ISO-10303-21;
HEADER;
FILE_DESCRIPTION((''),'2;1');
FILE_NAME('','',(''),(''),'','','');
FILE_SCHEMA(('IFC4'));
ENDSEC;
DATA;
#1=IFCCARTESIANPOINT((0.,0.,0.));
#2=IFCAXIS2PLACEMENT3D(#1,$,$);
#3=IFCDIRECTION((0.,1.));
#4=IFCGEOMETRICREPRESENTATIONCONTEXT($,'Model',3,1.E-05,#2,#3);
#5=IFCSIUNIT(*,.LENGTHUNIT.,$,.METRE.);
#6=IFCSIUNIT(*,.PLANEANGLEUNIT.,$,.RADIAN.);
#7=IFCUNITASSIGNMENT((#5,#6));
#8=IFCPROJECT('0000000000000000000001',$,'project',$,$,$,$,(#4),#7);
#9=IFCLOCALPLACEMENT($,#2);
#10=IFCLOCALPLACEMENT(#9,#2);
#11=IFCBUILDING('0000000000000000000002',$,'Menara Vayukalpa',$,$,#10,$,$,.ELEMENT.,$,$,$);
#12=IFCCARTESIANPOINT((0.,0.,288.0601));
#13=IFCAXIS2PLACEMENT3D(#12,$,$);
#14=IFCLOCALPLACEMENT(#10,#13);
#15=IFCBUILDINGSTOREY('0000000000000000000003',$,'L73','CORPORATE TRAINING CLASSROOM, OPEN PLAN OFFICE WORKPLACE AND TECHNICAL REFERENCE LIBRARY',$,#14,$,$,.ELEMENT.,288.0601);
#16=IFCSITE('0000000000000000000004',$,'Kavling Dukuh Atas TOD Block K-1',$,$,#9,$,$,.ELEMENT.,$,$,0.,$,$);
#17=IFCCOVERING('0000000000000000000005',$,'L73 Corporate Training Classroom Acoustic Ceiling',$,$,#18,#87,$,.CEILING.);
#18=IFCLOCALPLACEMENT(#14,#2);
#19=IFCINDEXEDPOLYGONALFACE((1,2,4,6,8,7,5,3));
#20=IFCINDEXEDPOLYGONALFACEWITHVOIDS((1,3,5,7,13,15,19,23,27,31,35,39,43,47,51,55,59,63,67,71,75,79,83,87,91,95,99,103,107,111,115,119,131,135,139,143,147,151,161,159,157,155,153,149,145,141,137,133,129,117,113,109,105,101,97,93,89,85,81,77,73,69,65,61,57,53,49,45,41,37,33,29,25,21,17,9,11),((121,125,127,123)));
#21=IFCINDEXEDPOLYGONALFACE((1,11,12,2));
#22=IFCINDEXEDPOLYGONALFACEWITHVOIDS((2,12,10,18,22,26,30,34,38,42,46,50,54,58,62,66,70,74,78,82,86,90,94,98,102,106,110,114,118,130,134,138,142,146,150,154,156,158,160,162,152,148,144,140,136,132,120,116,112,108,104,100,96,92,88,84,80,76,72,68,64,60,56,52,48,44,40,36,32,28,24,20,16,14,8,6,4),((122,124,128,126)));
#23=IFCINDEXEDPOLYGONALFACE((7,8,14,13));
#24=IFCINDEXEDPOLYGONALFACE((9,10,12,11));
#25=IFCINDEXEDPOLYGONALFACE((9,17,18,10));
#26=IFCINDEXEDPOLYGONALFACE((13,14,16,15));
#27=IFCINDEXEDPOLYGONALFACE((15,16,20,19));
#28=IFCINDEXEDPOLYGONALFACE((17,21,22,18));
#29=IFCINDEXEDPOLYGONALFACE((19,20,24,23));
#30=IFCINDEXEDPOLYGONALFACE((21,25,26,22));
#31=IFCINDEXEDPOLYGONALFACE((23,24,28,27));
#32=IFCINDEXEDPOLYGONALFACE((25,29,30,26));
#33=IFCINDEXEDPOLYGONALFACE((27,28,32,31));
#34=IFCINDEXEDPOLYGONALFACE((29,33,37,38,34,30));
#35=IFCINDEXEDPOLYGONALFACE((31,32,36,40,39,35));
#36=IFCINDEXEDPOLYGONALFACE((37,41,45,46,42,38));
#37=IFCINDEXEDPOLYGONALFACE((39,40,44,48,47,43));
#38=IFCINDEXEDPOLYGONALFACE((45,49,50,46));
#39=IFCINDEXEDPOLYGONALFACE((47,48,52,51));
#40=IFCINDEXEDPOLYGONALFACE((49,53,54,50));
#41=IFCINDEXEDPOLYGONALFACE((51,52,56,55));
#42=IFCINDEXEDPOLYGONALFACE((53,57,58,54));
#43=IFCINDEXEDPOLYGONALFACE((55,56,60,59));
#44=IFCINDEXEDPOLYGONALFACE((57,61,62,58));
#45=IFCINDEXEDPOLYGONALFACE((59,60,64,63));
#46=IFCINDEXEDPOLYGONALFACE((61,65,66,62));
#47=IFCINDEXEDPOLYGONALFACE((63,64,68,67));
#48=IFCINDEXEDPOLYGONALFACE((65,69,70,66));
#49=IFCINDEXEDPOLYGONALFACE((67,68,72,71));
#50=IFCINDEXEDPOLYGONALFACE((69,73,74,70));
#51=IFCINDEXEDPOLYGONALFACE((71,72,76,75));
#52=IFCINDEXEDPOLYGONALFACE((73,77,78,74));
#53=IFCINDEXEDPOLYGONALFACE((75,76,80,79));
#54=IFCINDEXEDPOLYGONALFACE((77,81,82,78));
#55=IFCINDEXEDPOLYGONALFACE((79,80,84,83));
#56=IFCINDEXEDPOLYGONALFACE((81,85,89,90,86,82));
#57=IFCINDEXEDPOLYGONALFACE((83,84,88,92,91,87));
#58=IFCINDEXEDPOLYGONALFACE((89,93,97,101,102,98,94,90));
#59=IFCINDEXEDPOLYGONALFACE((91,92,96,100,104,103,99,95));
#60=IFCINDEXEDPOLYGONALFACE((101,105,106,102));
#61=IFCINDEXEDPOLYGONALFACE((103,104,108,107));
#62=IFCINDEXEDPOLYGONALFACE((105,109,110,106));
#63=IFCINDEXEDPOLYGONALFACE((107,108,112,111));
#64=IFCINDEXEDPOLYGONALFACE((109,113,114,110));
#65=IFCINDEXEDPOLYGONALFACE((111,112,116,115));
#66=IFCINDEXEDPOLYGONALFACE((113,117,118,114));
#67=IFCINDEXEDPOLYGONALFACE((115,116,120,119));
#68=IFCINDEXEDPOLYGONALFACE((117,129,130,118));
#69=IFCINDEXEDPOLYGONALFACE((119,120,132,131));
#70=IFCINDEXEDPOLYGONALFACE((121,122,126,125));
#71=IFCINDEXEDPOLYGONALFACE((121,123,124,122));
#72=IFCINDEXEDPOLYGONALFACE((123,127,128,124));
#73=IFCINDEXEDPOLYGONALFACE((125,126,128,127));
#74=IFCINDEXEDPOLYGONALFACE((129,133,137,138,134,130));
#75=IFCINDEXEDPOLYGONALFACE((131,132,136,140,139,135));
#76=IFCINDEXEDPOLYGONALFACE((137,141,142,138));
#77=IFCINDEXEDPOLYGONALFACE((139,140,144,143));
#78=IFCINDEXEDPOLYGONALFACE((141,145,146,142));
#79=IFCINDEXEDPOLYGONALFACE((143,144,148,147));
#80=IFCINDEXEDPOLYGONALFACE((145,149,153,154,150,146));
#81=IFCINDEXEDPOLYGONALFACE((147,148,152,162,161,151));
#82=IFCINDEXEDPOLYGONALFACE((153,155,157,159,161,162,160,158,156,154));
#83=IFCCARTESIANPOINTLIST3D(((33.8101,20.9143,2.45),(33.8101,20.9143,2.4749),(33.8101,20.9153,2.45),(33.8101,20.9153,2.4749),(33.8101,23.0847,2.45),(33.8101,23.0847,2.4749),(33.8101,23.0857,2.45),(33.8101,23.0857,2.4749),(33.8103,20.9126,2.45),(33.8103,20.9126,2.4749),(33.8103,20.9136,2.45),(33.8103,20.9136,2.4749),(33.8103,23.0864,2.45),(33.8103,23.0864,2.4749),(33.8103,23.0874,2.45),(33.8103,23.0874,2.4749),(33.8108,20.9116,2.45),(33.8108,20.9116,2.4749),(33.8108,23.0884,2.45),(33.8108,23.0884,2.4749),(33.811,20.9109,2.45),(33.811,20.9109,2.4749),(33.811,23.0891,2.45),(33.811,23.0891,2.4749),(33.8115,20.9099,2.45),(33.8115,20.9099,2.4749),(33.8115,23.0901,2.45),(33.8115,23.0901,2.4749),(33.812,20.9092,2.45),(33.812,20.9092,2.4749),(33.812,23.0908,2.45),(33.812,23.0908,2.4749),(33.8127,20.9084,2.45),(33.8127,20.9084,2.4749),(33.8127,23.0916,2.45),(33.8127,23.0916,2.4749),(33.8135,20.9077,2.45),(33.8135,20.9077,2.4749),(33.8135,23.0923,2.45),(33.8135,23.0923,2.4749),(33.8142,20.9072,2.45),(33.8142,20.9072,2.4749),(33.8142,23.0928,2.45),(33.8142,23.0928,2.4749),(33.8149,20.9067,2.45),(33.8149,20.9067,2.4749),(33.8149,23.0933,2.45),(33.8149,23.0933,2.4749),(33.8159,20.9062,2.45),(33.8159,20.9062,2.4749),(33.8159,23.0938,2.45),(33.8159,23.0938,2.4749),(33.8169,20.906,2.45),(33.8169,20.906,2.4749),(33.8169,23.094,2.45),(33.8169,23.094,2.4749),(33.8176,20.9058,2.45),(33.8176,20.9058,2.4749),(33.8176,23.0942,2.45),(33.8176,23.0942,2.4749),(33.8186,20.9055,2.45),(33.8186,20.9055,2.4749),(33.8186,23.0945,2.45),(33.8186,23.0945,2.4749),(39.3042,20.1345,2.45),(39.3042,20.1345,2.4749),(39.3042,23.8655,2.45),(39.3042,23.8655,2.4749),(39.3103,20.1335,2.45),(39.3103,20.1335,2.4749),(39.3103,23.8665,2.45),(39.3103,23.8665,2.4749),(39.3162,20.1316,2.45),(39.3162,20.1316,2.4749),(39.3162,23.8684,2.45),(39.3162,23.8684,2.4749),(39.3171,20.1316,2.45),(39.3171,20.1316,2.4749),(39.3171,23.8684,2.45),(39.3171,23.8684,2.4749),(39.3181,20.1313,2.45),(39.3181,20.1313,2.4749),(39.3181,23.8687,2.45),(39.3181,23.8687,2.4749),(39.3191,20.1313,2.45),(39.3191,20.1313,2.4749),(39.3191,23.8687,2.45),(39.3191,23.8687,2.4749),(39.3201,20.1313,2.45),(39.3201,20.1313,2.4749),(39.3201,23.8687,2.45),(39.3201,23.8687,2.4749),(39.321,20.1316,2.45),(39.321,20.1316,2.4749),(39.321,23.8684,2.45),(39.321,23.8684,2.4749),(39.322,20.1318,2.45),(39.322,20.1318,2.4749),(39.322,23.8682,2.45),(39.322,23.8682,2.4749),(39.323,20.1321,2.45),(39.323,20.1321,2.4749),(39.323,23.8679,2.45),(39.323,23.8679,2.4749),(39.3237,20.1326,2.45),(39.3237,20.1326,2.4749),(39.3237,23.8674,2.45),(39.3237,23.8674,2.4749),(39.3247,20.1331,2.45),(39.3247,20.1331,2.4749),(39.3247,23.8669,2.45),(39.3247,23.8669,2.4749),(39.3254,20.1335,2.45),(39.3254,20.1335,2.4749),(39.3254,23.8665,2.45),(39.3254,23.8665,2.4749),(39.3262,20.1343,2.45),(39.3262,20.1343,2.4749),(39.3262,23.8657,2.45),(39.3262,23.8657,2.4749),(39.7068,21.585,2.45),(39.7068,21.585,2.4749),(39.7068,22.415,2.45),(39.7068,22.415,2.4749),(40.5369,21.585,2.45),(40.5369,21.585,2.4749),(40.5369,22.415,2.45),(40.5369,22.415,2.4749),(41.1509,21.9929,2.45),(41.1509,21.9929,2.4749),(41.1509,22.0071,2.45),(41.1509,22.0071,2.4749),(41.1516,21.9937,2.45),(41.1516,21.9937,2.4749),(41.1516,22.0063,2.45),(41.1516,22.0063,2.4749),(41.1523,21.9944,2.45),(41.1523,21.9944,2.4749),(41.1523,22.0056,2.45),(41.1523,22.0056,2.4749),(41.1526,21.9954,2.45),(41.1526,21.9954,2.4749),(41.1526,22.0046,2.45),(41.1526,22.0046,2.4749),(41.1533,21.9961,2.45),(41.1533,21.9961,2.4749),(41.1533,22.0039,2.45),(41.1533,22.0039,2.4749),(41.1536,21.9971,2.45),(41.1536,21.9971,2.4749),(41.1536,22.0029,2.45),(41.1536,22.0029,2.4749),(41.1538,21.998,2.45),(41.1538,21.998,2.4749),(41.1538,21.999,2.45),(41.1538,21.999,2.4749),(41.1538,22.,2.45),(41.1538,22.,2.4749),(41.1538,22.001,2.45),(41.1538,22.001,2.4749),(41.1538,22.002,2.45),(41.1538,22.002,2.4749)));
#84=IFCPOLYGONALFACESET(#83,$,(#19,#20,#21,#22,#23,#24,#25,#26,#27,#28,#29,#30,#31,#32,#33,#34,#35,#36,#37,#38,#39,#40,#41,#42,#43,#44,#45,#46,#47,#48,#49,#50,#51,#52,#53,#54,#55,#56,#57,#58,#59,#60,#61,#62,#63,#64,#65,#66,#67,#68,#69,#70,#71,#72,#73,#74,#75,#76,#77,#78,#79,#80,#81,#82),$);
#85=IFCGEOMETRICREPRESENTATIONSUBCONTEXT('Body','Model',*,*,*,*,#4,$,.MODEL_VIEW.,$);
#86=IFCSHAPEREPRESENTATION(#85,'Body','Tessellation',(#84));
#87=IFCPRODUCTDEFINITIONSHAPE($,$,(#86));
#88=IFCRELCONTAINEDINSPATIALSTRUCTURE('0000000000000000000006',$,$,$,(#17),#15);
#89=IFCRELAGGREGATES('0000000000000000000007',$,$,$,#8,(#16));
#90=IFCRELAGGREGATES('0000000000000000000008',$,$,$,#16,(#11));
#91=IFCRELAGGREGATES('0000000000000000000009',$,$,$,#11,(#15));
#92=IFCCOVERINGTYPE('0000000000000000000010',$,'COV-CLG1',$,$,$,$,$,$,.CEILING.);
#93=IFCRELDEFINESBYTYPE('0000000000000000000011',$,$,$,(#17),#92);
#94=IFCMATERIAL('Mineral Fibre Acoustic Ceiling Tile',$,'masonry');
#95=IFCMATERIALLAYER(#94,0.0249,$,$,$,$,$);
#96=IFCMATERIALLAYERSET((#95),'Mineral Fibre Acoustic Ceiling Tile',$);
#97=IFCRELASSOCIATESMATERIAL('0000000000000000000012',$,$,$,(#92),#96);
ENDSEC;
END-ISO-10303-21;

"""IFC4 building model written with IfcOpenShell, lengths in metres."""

from ifc_helpers import new_model, si_unit, direction, frame, origin, place, context, subcontext, project, spatial, polyline, outline, extrude, material, layer, layer_set, type_object, element, save


model = new_model("IFC4")

# Units and contexts
model_context = context("Model", 3, precision=1e-05, world=origin(), true_north=direction((0.0, 1.0)))
body_context = subcontext(model_context, "Body", "Model", "MODEL_VIEW")
ifc_project = project(units=[si_unit("LENGTHUNIT", "METRE"), si_unit("PLANEANGLEUNIT", "RADIAN")], contexts=[model_context])

# Site, building, storey
site_placement = place(None, origin())
site = spatial("IfcSite", under=ifc_project, at=site_placement, Name="Kavling Dukuh Atas TOD Block K-1", CompositionType="ELEMENT", RefElevation=0.0)
building_placement = place(site_placement, origin())
building = spatial("IfcBuilding", under=site, at=building_placement, Name="Menara Vayukalpa", CompositionType="ELEMENT")
storey_placement = place(building_placement, frame((0.0, 0.0, 288.0601)))
storey = spatial("IfcBuildingStorey", under=building, at=storey_placement, Name="L73", Description="CORPORATE TRAINING CLASSROOM, OPEN PLAN OFFICE WORKPLACE AND TECHNICAL REFERENCE LIBRARY", CompositionType="ELEMENT", Elevation=288.0601)

# Covering
ifc_material_1 = material(Name="Mineral Fibre Acoustic Ceiling Tile", Category="masonry")
ifc_layer_1 = layer(ifc_material_1, 0.0249)
ifc_layer_set_1 = layer_set([ifc_layer_1], Name="Mineral Fibre Acoustic Ceiling Tile")
covering_type_1 = type_object("IfcCoveringType", Name="COV-CLG1", PredefinedType="CEILING", material=ifc_layer_set_1)
covering_1_placement = place(storey_placement, frame((0.0, 0.0, 2.45)))
element("IfcCovering", 1, at=covering_1_placement, inside=storey, type_object=covering_type_1, Name="L73 Corporate Training Classroom Acoustic Ceiling", PredefinedType="CEILING", context=body_context, shape_type="SweptSolid", body=[
    extrude(outline(polyline([(41.1523, 22.0056), (41.1526, 22.0046), (41.1533, 22.0039), (41.1536, 22.0029), (41.1538, 22.002), (41.1538, 22.001), (41.1538, 22.0), (41.1538, 21.999), (41.1538, 21.998), (41.1536, 21.9971), (41.1533, 21.9961), (41.1526, 21.9954), (41.1523, 21.9944), (41.1516, 21.9937), (41.1509, 21.9929), (39.3262, 20.1343), (39.3254, 20.1335), (39.3247, 20.1331), (39.3237, 20.1326), (39.323, 20.1321), (39.322, 20.1318), (39.321, 20.1316), (39.3201, 20.1313), (39.3191, 20.1313), (39.3181, 20.1313), (39.3171, 20.1316), (39.3162, 20.1316), (39.3103, 20.1335), (39.3042, 20.1345), (33.8186, 20.9055), (33.8176, 20.9058), (33.8169, 20.906), (33.8159, 20.9062), (33.8149, 20.9067), (33.8142, 20.9072), (33.8135, 20.9077), (33.8127, 20.9084), (33.812, 20.9092), (33.8115, 20.9099), (33.811, 20.9109), (33.8108, 20.9116), (33.8103, 20.9126), (33.8103, 20.9136), (33.8101, 20.9143), (33.8101, 20.9153), (33.8101, 23.0847), (33.8101, 23.0857), (33.8103, 23.0864), (33.8103, 23.0874), (33.8108, 23.0884), (33.811, 23.0891), (33.8115, 23.0901), (33.812, 23.0908), (33.8127, 23.0916), (33.8135, 23.0923), (33.8142, 23.0928), (33.8149, 23.0933), (33.8159, 23.0938), (33.8169, 23.094), (33.8176, 23.0942), (33.8186, 23.0945), (39.3042, 23.8655), (39.3103, 23.8665), (39.3162, 23.8684), (39.3171, 23.8684), (39.3181, 23.8687), (39.3191, 23.8687), (39.3201, 23.8687), (39.321, 23.8684), (39.322, 23.8682), (39.323, 23.8679), (39.3237, 23.8674), (39.3247, 23.8669), (39.3254, 23.8665), (39.3262, 23.8657), (41.1509, 22.0071), (41.1516, 22.0063), (41.1523, 22.0056)]), holes=[polyline([(40.5369, 22.415), (39.7068, 22.415), (39.7068, 21.585), (40.5369, 21.585), (40.5369, 22.415)])]), origin(), (0.0, 0.0, 1.0), 0.0249),
])

save(model, "model.ifc")
